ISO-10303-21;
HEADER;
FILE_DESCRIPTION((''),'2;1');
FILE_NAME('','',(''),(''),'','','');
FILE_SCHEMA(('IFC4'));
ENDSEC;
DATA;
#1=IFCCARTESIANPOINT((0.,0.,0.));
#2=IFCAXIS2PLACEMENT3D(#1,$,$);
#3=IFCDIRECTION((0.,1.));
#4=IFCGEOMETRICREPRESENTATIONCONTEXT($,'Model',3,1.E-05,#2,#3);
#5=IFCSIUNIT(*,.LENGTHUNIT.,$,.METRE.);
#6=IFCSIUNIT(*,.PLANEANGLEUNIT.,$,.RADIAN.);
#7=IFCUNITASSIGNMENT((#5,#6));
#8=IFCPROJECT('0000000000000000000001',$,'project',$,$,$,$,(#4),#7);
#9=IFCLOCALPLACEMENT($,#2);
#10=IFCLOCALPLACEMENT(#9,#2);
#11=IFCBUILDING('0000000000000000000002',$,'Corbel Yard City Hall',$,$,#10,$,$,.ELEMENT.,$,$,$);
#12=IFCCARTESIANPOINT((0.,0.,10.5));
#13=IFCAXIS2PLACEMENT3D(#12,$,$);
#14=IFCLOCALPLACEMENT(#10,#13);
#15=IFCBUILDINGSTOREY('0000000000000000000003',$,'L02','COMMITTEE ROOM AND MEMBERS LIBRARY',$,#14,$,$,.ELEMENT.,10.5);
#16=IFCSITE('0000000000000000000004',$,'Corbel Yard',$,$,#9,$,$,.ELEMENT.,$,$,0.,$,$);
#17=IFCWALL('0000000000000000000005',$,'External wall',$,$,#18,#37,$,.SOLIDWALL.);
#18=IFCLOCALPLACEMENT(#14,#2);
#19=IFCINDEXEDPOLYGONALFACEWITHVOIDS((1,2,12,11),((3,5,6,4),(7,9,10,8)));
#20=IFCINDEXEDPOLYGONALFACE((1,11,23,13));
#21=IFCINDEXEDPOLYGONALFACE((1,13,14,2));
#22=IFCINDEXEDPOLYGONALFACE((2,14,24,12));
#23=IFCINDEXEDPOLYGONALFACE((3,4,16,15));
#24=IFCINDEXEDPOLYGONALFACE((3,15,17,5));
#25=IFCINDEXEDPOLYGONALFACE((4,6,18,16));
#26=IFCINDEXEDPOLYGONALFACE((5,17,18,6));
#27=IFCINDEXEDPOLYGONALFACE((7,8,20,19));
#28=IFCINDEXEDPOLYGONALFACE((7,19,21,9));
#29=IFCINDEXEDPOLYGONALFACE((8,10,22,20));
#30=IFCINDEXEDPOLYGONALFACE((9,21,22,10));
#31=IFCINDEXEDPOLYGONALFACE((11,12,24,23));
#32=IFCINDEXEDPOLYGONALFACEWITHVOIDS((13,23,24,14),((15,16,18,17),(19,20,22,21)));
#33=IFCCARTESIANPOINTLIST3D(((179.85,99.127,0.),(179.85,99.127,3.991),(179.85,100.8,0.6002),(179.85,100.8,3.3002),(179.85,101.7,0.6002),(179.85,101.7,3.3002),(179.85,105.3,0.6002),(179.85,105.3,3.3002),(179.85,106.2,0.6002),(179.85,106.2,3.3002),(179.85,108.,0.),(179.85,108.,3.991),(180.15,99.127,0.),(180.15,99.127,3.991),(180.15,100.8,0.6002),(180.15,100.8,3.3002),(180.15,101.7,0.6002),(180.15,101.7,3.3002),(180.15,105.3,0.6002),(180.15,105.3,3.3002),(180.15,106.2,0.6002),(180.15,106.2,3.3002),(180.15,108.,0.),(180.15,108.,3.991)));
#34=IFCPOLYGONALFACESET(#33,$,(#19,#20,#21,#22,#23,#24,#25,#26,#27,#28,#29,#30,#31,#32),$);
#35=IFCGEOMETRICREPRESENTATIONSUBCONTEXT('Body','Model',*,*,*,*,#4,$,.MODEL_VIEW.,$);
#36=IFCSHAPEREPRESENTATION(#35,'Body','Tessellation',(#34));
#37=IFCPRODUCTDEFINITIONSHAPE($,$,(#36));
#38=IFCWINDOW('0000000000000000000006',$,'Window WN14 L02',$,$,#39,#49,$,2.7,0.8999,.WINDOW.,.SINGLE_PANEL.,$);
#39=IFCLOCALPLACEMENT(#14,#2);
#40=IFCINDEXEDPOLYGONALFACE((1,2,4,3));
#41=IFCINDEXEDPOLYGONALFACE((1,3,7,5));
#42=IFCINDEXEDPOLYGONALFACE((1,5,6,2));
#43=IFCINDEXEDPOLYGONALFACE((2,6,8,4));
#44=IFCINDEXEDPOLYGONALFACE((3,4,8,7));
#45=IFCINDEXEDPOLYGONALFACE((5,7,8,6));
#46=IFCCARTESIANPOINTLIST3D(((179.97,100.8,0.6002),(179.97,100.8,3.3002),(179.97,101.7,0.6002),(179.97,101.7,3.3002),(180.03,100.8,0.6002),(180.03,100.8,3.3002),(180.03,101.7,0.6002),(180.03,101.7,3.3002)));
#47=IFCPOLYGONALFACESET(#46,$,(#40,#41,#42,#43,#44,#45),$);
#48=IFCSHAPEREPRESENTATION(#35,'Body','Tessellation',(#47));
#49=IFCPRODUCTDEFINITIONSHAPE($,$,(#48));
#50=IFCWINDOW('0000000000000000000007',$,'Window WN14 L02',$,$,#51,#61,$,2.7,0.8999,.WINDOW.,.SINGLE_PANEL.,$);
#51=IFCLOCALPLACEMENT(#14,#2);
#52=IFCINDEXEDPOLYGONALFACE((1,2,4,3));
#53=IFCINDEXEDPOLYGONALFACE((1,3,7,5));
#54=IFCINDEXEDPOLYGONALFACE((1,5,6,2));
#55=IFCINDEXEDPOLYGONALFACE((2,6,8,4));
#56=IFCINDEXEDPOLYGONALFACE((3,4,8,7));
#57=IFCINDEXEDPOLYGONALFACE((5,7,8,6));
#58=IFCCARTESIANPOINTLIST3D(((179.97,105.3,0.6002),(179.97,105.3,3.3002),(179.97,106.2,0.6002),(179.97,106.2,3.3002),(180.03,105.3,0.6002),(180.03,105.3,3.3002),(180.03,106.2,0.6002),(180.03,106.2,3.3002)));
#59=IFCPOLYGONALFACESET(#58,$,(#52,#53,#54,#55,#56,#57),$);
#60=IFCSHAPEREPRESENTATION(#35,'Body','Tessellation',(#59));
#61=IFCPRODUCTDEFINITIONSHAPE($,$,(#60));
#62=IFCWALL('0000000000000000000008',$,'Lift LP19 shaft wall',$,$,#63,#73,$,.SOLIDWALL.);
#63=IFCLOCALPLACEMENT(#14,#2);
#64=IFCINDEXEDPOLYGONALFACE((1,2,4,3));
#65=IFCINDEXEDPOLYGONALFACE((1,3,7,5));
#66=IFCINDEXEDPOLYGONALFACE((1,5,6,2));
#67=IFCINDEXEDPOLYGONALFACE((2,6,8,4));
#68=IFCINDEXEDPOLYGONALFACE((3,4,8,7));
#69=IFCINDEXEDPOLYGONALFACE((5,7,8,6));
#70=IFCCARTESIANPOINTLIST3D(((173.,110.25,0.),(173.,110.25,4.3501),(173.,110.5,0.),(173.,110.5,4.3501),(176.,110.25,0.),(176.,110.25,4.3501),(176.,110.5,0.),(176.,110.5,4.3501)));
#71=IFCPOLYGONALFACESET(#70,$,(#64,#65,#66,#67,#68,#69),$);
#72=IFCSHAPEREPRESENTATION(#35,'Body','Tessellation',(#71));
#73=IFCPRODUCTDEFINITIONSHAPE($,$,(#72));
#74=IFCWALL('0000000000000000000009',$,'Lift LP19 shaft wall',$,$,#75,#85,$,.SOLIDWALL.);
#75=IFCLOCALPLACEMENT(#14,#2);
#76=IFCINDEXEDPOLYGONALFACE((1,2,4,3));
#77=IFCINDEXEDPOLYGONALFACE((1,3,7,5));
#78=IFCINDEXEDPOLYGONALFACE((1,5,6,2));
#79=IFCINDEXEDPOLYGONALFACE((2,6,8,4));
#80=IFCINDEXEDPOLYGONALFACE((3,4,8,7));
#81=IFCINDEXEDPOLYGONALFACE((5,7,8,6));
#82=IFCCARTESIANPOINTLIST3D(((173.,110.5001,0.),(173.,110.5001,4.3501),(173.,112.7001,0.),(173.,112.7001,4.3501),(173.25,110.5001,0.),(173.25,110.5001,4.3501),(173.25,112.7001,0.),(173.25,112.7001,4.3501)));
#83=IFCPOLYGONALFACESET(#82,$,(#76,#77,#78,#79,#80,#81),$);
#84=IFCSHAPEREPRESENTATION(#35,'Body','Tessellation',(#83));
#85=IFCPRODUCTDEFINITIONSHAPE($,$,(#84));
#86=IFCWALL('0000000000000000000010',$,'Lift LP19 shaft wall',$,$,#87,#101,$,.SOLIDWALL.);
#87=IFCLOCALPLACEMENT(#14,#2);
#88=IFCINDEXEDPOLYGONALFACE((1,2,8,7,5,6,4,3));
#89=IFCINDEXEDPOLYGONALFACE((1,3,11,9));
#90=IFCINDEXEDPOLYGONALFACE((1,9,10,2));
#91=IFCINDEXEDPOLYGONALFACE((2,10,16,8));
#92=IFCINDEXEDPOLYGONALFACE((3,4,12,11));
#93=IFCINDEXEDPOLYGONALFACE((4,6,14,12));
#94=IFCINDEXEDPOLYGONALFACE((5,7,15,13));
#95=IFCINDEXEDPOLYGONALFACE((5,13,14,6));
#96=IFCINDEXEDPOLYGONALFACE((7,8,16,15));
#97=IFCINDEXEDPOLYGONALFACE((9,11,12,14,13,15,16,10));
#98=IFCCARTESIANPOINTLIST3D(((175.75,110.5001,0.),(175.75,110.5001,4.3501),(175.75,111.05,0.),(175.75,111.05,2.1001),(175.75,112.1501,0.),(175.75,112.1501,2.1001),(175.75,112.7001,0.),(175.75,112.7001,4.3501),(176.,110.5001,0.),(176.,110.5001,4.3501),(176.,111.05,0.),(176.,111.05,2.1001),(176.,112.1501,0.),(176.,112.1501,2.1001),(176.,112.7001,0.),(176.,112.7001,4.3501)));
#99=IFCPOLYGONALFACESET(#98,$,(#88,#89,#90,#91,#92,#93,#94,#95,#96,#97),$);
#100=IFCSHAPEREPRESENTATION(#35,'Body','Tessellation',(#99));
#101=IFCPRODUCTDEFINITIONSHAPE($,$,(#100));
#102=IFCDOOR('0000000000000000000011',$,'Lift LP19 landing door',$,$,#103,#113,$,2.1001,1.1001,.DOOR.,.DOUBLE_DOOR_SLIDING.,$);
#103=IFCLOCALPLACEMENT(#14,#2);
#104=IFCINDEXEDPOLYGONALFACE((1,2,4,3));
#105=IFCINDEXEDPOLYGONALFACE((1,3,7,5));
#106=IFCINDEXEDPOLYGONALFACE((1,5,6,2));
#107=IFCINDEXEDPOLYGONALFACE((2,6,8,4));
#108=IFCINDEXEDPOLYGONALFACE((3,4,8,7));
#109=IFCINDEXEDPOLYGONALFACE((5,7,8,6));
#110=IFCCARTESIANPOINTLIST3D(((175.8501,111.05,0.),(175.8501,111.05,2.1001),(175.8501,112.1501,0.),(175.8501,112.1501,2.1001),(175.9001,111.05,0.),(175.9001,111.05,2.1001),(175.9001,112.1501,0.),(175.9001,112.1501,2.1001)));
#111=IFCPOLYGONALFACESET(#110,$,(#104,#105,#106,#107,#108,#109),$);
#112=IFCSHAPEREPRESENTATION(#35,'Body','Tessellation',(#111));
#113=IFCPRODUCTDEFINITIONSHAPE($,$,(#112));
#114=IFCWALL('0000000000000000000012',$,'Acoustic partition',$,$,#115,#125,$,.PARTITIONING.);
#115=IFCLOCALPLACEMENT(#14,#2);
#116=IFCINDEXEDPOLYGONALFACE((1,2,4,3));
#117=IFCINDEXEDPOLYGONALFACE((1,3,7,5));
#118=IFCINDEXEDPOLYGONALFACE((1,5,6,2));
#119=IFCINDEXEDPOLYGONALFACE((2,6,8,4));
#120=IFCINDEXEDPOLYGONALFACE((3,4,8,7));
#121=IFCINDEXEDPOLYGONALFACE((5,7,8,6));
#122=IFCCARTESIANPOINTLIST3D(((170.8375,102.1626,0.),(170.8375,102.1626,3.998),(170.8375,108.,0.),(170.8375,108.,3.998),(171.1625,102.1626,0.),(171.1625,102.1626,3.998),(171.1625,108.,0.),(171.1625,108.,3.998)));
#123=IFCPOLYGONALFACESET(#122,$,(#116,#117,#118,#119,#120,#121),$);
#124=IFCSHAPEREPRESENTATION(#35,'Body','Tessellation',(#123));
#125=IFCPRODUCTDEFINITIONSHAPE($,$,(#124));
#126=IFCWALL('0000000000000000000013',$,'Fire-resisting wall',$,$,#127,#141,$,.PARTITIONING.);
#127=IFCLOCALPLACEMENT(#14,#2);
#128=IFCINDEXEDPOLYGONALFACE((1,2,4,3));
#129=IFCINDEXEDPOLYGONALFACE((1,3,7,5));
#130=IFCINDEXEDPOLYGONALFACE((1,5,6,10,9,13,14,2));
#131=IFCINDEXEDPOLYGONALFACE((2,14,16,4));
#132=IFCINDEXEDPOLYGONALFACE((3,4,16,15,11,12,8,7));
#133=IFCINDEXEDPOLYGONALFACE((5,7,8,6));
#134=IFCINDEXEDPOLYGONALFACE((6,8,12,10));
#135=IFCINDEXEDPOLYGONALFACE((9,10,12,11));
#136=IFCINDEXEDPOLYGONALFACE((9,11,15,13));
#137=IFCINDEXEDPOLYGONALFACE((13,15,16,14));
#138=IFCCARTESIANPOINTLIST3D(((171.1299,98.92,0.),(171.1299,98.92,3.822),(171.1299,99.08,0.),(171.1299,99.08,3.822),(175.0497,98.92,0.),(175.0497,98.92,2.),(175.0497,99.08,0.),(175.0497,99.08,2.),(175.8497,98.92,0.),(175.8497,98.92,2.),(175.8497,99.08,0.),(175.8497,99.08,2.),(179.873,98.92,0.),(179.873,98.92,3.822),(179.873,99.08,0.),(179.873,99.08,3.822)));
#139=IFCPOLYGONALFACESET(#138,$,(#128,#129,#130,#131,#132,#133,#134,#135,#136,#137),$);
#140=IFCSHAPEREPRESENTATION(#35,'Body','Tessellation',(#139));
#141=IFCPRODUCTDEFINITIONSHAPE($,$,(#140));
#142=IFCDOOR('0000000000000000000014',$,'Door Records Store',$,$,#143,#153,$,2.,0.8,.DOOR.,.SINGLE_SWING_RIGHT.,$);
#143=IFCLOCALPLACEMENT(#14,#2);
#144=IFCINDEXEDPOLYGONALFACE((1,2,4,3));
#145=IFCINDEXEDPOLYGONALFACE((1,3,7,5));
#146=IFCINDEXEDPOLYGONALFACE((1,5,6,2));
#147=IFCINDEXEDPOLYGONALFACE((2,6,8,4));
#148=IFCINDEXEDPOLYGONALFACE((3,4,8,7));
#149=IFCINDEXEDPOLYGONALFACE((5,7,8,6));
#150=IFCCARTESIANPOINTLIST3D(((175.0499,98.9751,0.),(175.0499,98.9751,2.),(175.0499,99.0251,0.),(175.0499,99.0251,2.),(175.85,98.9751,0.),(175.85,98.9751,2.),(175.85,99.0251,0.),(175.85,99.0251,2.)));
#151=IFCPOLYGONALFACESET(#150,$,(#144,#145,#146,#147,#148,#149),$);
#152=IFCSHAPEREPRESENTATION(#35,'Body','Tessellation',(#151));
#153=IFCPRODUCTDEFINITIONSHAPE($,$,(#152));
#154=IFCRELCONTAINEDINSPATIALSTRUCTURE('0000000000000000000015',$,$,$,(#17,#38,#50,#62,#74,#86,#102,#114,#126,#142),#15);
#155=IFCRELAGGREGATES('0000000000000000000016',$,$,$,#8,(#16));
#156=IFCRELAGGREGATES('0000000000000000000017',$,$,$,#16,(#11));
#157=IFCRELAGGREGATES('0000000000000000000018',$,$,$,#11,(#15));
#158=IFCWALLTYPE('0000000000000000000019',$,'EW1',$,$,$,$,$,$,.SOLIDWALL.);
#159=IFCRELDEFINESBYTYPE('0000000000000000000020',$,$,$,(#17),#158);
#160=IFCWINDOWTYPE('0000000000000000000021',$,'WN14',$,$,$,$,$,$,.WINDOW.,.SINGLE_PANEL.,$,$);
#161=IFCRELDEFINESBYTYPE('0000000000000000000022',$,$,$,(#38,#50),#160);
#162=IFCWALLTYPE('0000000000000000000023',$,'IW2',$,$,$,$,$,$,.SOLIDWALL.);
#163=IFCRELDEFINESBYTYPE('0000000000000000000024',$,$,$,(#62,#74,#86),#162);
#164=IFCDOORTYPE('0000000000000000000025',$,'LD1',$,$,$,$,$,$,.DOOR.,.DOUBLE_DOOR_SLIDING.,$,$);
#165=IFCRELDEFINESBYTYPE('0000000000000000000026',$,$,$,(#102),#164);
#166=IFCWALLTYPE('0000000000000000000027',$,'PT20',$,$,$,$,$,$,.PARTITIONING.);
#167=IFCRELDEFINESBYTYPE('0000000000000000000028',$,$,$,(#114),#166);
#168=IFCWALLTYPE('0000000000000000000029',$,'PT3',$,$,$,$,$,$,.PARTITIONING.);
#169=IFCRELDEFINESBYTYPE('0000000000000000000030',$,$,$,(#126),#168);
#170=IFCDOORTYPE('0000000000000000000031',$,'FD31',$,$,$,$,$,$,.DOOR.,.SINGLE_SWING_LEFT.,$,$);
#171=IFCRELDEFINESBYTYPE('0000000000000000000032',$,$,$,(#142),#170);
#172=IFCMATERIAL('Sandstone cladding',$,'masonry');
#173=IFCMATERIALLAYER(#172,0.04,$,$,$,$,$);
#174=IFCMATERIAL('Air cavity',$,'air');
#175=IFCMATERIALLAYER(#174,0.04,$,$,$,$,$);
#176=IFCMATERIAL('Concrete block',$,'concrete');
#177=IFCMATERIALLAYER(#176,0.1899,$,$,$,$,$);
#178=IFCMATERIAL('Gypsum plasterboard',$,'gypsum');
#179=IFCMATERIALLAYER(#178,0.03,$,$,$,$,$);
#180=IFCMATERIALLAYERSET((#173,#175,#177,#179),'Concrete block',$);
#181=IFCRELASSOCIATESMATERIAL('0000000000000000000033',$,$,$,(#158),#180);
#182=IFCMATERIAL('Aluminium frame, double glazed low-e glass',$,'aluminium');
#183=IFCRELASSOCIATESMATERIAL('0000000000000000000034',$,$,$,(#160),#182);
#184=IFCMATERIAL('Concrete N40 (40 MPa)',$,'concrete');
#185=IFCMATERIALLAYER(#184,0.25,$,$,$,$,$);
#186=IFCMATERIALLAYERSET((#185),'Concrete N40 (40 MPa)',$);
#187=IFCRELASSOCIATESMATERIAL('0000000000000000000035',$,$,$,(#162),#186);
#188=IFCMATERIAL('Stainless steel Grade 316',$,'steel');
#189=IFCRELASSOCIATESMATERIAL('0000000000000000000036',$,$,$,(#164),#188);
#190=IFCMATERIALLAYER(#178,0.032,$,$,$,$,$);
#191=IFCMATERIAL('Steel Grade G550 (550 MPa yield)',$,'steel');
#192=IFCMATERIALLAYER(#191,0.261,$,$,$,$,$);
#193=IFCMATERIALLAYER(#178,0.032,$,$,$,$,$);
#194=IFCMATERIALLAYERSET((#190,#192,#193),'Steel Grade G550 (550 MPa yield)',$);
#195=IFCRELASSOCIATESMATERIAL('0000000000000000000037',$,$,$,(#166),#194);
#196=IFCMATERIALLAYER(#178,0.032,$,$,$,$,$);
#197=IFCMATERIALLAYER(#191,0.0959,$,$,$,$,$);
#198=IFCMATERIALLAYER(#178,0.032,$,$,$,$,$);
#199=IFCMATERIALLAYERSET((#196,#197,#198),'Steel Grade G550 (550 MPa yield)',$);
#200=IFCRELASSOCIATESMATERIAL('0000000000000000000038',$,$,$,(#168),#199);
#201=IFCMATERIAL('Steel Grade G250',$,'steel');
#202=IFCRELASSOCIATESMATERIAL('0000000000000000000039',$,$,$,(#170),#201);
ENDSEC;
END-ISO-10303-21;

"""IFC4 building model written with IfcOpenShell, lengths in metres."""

from ifc_helpers import new_model, si_unit, direction, frame, frame_2d, origin, place, context, subcontext, project, spatial, rectangle, extrude, material, layer, layer_set, type_object, element, fill, save


model = new_model("IFC4")

# Units and contexts
model_context = context("Model", 3, precision=1e-05, world=origin(), true_north=direction((0.0, 1.0)))
body_context = subcontext(model_context, "Body", "Model", "MODEL_VIEW")
ifc_project = project(units=[si_unit("LENGTHUNIT", "METRE"), si_unit("PLANEANGLEUNIT", "RADIAN")], contexts=[model_context])

# Site, building, storey
site_placement = place(None, origin())
site = spatial("IfcSite", under=ifc_project, at=site_placement, Name="Corbel Yard", CompositionType="ELEMENT", RefElevation=0.0)
building_placement = place(site_placement, origin())
building = spatial("IfcBuilding", under=site, at=building_placement, Name="Corbel Yard City Hall", CompositionType="ELEMENT")
storey_placement = place(building_placement, frame((0.0, 0.0, 10.5)))
storey = spatial("IfcBuildingStorey", under=building, at=storey_placement, Name="L02", Description="COMMITTEE ROOM AND MEMBERS LIBRARY", CompositionType="ELEMENT", Elevation=10.5)

# Shared definitions
ifc_material_1 = material(Name="Steel Grade G250", Category="steel")

# Wall, openings, windows
ifc_material_2 = material(Name="Sandstone cladding", Category="masonry")
ifc_layer_1 = layer(ifc_material_2, 0.04)
ifc_material_3 = material(Name="Air cavity", Category="air")
ifc_layer_2 = layer(ifc_material_3, 0.04)
ifc_material_4 = material(Name="Concrete block", Category="concrete")
ifc_layer_3 = layer(ifc_material_4, 0.1899)
ifc_material_5 = material(Name="Gypsum plasterboard", Category="gypsum")
ifc_layer_4 = layer(ifc_material_5, 0.03)
ifc_layer_set_1 = layer_set([ifc_layer_1, ifc_layer_2, ifc_layer_3, ifc_layer_4], Name="Concrete block")
wall_type_1 = type_object("IfcWallType", Name="EW1", PredefinedType="SOLIDWALL", material=ifc_layer_set_1)
ifc_material_6 = material(Name="Aluminium frame, double glazed low-e glass", Category="aluminium")
wall_1_placement = place(storey_placement, frame((180.0, 99.127, 0.0), z_axis=(0.0, 0.0, 1.0), x_axis=(0.0, 1.0, 0.0)))
wall_1 = element("IfcWall", 1, at=wall_1_placement, inside=storey, type_object=wall_type_1, Name="External wall", PredefinedType="SOLIDWALL", context=body_context, shape_type="SweptSolid", body=[
    extrude(rectangle(XDim=8.873, YDim=0.3, at=frame_2d((4.4365, 0.0))), origin(), (0.0, 0.0, 1.0), 3.991),
])
opening_1_placement = place(wall_1_placement, frame((1.6731, 0.0, 0.6001)))
opening_1 = element("IfcOpeningElement", 2, at=opening_1_placement, cuts=wall_1, PredefinedType="OPENING", context=body_context, shape_type="SweptSolid", body=[
    extrude(rectangle(XDim=0.8999, YDim=2.7, at=frame_2d((0.45, 1.3501))), frame((0.0, 0.1599, 0.0), z_axis=(0.0, -1.0, 0.0), x_axis=(1.0, 0.0, 0.0)), (0.0, 0.0, 1.0), 0.3201),
])
opening_2_placement = place(wall_1_placement, frame((6.1731, 0.0, 0.6001)))
opening_2 = element("IfcOpeningElement", 3, at=opening_2_placement, cuts=wall_1, PredefinedType="OPENING", context=body_context, shape_type="SweptSolid", body=[
    extrude(rectangle(XDim=0.8999, YDim=2.7, at=frame_2d((0.45, 1.3501))), frame((0.0, 0.1599, 0.0), z_axis=(0.0, -1.0, 0.0), x_axis=(1.0, 0.0, 0.0)), (0.0, 0.0, 1.0), 0.3201),
])
window_type_1 = type_object("IfcWindowType", Name="WN14", PartitioningType="SINGLE_PANEL", PredefinedType="WINDOW", material=ifc_material_6)
window_1_placement = place(opening_1_placement, origin())
window_1 = element("IfcWindow", 4, at=window_1_placement, inside=storey, type_object=window_type_1, Name="Window WN14 L02", OverallHeight=2.7, OverallWidth=0.8999, PartitioningType="SINGLE_PANEL", PredefinedType="WINDOW", context=body_context, shape_type="SweptSolid", body=[
    extrude(rectangle(XDim=0.8999, YDim=2.7, at=frame_2d((0.45, 1.3501))), frame((0.0, 0.03, 0.0), z_axis=(0.0, -1.0, 0.0), x_axis=(1.0, 0.0, 0.0)), (0.0, 0.0, 1.0), 0.0601),
])
fill(opening_1, window_1)
window_2_placement = place(opening_2_placement, origin())
window_2 = element("IfcWindow", 5, at=window_2_placement, inside=storey, type_object=window_type_1, Name="Window WN14 L02", OverallHeight=2.7, OverallWidth=0.8999, PartitioningType="SINGLE_PANEL", PredefinedType="WINDOW", context=body_context, shape_type="SweptSolid", body=[
    extrude(rectangle(XDim=0.8999, YDim=2.7, at=frame_2d((0.45, 1.3501))), frame((0.0, 0.03, 0.0), z_axis=(0.0, -1.0, 0.0), x_axis=(1.0, 0.0, 0.0)), (0.0, 0.0, 1.0), 0.0601),
])
fill(opening_2, window_2)

# Walls
ifc_material_7 = material(Name="Concrete N40 (40 MPa)", Category="concrete")
ifc_layer_5 = layer(ifc_material_7, 0.25)
ifc_layer_set_2 = layer_set([ifc_layer_5], Name="Concrete N40 (40 MPa)")
wall_type_2 = type_object("IfcWallType", Name="IW2", PredefinedType="SOLIDWALL", material=ifc_layer_set_2)
wall_2_placement = place(storey_placement, frame((173.0, 110.375, 0.0), z_axis=(0.0, 0.0, 1.0), x_axis=(1.0, 0.0, 0.0)))
element("IfcWall", 6, at=wall_2_placement, inside=storey, type_object=wall_type_2, Name="Lift LP19 shaft wall", PredefinedType="SOLIDWALL", context=body_context, shape_type="SweptSolid", body=[
    extrude(rectangle(XDim=3.0, YDim=0.25, at=frame_2d((1.5, 0.0))), origin(), (0.0, 0.0, 1.0), 4.3501),
])
wall_3_placement = place(storey_placement, frame((173.125, 110.5, 0.0), z_axis=(0.0, 0.0, 1.0), x_axis=(0.0, 1.0, 0.0)))
element("IfcWall", 7, at=wall_3_placement, inside=storey, type_object=wall_type_2, Name="Lift LP19 shaft wall", PredefinedType="SOLIDWALL", context=body_context, shape_type="SweptSolid", body=[
    extrude(rectangle(XDim=2.2, YDim=0.25, at=frame_2d((1.1001, 0.0))), origin(), (0.0, 0.0, 1.0), 4.3501),
])

# Wall, opening, door
wall_4_placement = place(storey_placement, frame((175.875, 110.5, 0.0), z_axis=(0.0, 0.0, 1.0), x_axis=(0.0, 1.0, 0.0)))
wall_4 = element("IfcWall", 8, at=wall_4_placement, inside=storey, type_object=wall_type_2, Name="Lift LP19 shaft wall", PredefinedType="SOLIDWALL", context=body_context, shape_type="SweptSolid", body=[
    extrude(rectangle(XDim=2.2, YDim=0.25, at=frame_2d((1.1001, 0.0))), origin(), (0.0, 0.0, 1.0), 4.3501),
])
opening_3_placement = place(wall_4_placement, frame((0.55, 0.0, 0.0)))
opening_3 = element("IfcOpeningElement", 9, at=opening_3_placement, cuts=wall_4, PredefinedType="OPENING", context=body_context, shape_type="SweptSolid", body=[
    extrude(rectangle(XDim=1.1001, YDim=2.1001, at=frame_2d((0.55, 1.05))), frame((0.0, 0.135, 0.0), z_axis=(0.0, -1.0, 0.0), x_axis=(1.0, 0.0, 0.0)), (0.0, 0.0, 1.0), 0.27),
])
ifc_material_8 = material(Name="Stainless steel Grade 316", Category="steel")
door_type_1 = type_object("IfcDoorType", Name="LD1", OperationType="DOUBLE_DOOR_SLIDING", PredefinedType="DOOR", material=ifc_material_8)
door_1_placement = place(opening_3_placement, origin())
door_1 = element("IfcDoor", 10, at=door_1_placement, inside=storey, type_object=door_type_1, Name="Lift LP19 landing door", OperationType="DOUBLE_DOOR_SLIDING", OverallHeight=2.1001, OverallWidth=1.1001, PredefinedType="DOOR", context=body_context, shape_type="SweptSolid", body=[
    extrude(rectangle(XDim=1.1001, YDim=2.1001, at=frame_2d((0.55, 1.05))), frame((0.0, 0.0249, 0.0), z_axis=(0.0, -1.0, 0.0), x_axis=(1.0, 0.0, 0.0)), (0.0, 0.0, 1.0), 0.05),
])
fill(opening_3, door_1)

# Wall
ifc_layer_6 = layer(ifc_material_5, 0.032)
ifc_material_9 = material(Name="Steel Grade G550 (550 MPa yield)", Category="steel")
ifc_layer_7 = layer(ifc_material_9, 0.261)
ifc_layer_8 = layer(ifc_material_5, 0.032)
ifc_layer_set_3 = layer_set([ifc_layer_6, ifc_layer_7, ifc_layer_8], Name="Steel Grade G550 (550 MPa yield)")
wall_type_3 = type_object("IfcWallType", Name="PT20", PredefinedType="PARTITIONING", material=ifc_layer_set_3)
wall_5_placement = place(storey_placement, frame((171.0, 102.1626, 0.0), z_axis=(0.0, 0.0, 1.0), x_axis=(0.0, 1.0, 0.0)))
element("IfcWall", 11, at=wall_5_placement, inside=storey, type_object=wall_type_3, Name="Acoustic partition", PredefinedType="PARTITIONING", context=body_context, shape_type="SweptSolid", body=[
    extrude(rectangle(XDim=5.8374, YDim=0.325, at=frame_2d((2.9187, 0.0))), origin(), (0.0, 0.0, 1.0), 3.998),
])

# Wall, opening, door
ifc_layer_9 = layer(ifc_material_5, 0.032)
ifc_layer_10 = layer(ifc_material_9, 0.0959)
ifc_layer_11 = layer(ifc_material_5, 0.032)
ifc_layer_set_4 = layer_set([ifc_layer_9, ifc_layer_10, ifc_layer_11], Name="Steel Grade G550 (550 MPa yield)")
wall_type_4 = type_object("IfcWallType", Name="PT3", PredefinedType="PARTITIONING", material=ifc_layer_set_4)
wall_6_placement = place(storey_placement, frame((171.1299, 99.0, 0.0), z_axis=(0.0, 0.0, 1.0), x_axis=(1.0, 0.0, 0.0)))
wall_6 = element("IfcWall", 12, at=wall_6_placement, inside=storey, type_object=wall_type_4, Name="Fire-resisting wall", PredefinedType="PARTITIONING", context=body_context, shape_type="SweptSolid", body=[
    extrude(rectangle(XDim=8.7432, YDim=0.1599, at=frame_2d((4.3716, 0.0))), origin(), (0.0, 0.0, 1.0), 3.822),
])
opening_4_placement = place(wall_6_placement, frame((3.9199, 0.0, 0.0)))
opening_4 = element("IfcOpeningElement", 13, at=opening_4_placement, cuts=wall_6, PredefinedType="OPENING", context=body_context, shape_type="SweptSolid", body=[
    extrude(rectangle(XDim=0.8, YDim=2.0, at=frame_2d((0.3999, 1.0))), frame((0.0, 0.0898, 0.0), z_axis=(0.0, -1.0, 0.0), x_axis=(1.0, 0.0, 0.0)), (0.0, 0.0, 1.0), 0.1799),
])
door_type_2 = type_object("IfcDoorType", Name="FD31", OperationType="SINGLE_SWING_LEFT", PredefinedType="DOOR", material=ifc_material_1)
door_2_placement = place(opening_4_placement, frame((0.8, 0.0, 0.0), z_axis=(0.0, 0.0, 1.0), x_axis=(-1.0, 0.0, 0.0)))
door_2 = element("IfcDoor", 14, at=door_2_placement, inside=storey, type_object=door_type_2, Name="Door Records Store", OperationType="SINGLE_SWING_RIGHT", OverallHeight=2.0, OverallWidth=0.8, PredefinedType="DOOR", context=body_context, shape_type="SweptSolid", body=[
    extrude(rectangle(XDim=0.8, YDim=2.0, at=frame_2d((0.3999, 1.0))), frame((0.0, 0.0249, 0.0), z_axis=(0.0, -1.0, 0.0), x_axis=(1.0, 0.0, 0.0)), (0.0, 0.0, 1.0), 0.05),
])
fill(opening_4, door_2)

save(model, "model.ifc")
